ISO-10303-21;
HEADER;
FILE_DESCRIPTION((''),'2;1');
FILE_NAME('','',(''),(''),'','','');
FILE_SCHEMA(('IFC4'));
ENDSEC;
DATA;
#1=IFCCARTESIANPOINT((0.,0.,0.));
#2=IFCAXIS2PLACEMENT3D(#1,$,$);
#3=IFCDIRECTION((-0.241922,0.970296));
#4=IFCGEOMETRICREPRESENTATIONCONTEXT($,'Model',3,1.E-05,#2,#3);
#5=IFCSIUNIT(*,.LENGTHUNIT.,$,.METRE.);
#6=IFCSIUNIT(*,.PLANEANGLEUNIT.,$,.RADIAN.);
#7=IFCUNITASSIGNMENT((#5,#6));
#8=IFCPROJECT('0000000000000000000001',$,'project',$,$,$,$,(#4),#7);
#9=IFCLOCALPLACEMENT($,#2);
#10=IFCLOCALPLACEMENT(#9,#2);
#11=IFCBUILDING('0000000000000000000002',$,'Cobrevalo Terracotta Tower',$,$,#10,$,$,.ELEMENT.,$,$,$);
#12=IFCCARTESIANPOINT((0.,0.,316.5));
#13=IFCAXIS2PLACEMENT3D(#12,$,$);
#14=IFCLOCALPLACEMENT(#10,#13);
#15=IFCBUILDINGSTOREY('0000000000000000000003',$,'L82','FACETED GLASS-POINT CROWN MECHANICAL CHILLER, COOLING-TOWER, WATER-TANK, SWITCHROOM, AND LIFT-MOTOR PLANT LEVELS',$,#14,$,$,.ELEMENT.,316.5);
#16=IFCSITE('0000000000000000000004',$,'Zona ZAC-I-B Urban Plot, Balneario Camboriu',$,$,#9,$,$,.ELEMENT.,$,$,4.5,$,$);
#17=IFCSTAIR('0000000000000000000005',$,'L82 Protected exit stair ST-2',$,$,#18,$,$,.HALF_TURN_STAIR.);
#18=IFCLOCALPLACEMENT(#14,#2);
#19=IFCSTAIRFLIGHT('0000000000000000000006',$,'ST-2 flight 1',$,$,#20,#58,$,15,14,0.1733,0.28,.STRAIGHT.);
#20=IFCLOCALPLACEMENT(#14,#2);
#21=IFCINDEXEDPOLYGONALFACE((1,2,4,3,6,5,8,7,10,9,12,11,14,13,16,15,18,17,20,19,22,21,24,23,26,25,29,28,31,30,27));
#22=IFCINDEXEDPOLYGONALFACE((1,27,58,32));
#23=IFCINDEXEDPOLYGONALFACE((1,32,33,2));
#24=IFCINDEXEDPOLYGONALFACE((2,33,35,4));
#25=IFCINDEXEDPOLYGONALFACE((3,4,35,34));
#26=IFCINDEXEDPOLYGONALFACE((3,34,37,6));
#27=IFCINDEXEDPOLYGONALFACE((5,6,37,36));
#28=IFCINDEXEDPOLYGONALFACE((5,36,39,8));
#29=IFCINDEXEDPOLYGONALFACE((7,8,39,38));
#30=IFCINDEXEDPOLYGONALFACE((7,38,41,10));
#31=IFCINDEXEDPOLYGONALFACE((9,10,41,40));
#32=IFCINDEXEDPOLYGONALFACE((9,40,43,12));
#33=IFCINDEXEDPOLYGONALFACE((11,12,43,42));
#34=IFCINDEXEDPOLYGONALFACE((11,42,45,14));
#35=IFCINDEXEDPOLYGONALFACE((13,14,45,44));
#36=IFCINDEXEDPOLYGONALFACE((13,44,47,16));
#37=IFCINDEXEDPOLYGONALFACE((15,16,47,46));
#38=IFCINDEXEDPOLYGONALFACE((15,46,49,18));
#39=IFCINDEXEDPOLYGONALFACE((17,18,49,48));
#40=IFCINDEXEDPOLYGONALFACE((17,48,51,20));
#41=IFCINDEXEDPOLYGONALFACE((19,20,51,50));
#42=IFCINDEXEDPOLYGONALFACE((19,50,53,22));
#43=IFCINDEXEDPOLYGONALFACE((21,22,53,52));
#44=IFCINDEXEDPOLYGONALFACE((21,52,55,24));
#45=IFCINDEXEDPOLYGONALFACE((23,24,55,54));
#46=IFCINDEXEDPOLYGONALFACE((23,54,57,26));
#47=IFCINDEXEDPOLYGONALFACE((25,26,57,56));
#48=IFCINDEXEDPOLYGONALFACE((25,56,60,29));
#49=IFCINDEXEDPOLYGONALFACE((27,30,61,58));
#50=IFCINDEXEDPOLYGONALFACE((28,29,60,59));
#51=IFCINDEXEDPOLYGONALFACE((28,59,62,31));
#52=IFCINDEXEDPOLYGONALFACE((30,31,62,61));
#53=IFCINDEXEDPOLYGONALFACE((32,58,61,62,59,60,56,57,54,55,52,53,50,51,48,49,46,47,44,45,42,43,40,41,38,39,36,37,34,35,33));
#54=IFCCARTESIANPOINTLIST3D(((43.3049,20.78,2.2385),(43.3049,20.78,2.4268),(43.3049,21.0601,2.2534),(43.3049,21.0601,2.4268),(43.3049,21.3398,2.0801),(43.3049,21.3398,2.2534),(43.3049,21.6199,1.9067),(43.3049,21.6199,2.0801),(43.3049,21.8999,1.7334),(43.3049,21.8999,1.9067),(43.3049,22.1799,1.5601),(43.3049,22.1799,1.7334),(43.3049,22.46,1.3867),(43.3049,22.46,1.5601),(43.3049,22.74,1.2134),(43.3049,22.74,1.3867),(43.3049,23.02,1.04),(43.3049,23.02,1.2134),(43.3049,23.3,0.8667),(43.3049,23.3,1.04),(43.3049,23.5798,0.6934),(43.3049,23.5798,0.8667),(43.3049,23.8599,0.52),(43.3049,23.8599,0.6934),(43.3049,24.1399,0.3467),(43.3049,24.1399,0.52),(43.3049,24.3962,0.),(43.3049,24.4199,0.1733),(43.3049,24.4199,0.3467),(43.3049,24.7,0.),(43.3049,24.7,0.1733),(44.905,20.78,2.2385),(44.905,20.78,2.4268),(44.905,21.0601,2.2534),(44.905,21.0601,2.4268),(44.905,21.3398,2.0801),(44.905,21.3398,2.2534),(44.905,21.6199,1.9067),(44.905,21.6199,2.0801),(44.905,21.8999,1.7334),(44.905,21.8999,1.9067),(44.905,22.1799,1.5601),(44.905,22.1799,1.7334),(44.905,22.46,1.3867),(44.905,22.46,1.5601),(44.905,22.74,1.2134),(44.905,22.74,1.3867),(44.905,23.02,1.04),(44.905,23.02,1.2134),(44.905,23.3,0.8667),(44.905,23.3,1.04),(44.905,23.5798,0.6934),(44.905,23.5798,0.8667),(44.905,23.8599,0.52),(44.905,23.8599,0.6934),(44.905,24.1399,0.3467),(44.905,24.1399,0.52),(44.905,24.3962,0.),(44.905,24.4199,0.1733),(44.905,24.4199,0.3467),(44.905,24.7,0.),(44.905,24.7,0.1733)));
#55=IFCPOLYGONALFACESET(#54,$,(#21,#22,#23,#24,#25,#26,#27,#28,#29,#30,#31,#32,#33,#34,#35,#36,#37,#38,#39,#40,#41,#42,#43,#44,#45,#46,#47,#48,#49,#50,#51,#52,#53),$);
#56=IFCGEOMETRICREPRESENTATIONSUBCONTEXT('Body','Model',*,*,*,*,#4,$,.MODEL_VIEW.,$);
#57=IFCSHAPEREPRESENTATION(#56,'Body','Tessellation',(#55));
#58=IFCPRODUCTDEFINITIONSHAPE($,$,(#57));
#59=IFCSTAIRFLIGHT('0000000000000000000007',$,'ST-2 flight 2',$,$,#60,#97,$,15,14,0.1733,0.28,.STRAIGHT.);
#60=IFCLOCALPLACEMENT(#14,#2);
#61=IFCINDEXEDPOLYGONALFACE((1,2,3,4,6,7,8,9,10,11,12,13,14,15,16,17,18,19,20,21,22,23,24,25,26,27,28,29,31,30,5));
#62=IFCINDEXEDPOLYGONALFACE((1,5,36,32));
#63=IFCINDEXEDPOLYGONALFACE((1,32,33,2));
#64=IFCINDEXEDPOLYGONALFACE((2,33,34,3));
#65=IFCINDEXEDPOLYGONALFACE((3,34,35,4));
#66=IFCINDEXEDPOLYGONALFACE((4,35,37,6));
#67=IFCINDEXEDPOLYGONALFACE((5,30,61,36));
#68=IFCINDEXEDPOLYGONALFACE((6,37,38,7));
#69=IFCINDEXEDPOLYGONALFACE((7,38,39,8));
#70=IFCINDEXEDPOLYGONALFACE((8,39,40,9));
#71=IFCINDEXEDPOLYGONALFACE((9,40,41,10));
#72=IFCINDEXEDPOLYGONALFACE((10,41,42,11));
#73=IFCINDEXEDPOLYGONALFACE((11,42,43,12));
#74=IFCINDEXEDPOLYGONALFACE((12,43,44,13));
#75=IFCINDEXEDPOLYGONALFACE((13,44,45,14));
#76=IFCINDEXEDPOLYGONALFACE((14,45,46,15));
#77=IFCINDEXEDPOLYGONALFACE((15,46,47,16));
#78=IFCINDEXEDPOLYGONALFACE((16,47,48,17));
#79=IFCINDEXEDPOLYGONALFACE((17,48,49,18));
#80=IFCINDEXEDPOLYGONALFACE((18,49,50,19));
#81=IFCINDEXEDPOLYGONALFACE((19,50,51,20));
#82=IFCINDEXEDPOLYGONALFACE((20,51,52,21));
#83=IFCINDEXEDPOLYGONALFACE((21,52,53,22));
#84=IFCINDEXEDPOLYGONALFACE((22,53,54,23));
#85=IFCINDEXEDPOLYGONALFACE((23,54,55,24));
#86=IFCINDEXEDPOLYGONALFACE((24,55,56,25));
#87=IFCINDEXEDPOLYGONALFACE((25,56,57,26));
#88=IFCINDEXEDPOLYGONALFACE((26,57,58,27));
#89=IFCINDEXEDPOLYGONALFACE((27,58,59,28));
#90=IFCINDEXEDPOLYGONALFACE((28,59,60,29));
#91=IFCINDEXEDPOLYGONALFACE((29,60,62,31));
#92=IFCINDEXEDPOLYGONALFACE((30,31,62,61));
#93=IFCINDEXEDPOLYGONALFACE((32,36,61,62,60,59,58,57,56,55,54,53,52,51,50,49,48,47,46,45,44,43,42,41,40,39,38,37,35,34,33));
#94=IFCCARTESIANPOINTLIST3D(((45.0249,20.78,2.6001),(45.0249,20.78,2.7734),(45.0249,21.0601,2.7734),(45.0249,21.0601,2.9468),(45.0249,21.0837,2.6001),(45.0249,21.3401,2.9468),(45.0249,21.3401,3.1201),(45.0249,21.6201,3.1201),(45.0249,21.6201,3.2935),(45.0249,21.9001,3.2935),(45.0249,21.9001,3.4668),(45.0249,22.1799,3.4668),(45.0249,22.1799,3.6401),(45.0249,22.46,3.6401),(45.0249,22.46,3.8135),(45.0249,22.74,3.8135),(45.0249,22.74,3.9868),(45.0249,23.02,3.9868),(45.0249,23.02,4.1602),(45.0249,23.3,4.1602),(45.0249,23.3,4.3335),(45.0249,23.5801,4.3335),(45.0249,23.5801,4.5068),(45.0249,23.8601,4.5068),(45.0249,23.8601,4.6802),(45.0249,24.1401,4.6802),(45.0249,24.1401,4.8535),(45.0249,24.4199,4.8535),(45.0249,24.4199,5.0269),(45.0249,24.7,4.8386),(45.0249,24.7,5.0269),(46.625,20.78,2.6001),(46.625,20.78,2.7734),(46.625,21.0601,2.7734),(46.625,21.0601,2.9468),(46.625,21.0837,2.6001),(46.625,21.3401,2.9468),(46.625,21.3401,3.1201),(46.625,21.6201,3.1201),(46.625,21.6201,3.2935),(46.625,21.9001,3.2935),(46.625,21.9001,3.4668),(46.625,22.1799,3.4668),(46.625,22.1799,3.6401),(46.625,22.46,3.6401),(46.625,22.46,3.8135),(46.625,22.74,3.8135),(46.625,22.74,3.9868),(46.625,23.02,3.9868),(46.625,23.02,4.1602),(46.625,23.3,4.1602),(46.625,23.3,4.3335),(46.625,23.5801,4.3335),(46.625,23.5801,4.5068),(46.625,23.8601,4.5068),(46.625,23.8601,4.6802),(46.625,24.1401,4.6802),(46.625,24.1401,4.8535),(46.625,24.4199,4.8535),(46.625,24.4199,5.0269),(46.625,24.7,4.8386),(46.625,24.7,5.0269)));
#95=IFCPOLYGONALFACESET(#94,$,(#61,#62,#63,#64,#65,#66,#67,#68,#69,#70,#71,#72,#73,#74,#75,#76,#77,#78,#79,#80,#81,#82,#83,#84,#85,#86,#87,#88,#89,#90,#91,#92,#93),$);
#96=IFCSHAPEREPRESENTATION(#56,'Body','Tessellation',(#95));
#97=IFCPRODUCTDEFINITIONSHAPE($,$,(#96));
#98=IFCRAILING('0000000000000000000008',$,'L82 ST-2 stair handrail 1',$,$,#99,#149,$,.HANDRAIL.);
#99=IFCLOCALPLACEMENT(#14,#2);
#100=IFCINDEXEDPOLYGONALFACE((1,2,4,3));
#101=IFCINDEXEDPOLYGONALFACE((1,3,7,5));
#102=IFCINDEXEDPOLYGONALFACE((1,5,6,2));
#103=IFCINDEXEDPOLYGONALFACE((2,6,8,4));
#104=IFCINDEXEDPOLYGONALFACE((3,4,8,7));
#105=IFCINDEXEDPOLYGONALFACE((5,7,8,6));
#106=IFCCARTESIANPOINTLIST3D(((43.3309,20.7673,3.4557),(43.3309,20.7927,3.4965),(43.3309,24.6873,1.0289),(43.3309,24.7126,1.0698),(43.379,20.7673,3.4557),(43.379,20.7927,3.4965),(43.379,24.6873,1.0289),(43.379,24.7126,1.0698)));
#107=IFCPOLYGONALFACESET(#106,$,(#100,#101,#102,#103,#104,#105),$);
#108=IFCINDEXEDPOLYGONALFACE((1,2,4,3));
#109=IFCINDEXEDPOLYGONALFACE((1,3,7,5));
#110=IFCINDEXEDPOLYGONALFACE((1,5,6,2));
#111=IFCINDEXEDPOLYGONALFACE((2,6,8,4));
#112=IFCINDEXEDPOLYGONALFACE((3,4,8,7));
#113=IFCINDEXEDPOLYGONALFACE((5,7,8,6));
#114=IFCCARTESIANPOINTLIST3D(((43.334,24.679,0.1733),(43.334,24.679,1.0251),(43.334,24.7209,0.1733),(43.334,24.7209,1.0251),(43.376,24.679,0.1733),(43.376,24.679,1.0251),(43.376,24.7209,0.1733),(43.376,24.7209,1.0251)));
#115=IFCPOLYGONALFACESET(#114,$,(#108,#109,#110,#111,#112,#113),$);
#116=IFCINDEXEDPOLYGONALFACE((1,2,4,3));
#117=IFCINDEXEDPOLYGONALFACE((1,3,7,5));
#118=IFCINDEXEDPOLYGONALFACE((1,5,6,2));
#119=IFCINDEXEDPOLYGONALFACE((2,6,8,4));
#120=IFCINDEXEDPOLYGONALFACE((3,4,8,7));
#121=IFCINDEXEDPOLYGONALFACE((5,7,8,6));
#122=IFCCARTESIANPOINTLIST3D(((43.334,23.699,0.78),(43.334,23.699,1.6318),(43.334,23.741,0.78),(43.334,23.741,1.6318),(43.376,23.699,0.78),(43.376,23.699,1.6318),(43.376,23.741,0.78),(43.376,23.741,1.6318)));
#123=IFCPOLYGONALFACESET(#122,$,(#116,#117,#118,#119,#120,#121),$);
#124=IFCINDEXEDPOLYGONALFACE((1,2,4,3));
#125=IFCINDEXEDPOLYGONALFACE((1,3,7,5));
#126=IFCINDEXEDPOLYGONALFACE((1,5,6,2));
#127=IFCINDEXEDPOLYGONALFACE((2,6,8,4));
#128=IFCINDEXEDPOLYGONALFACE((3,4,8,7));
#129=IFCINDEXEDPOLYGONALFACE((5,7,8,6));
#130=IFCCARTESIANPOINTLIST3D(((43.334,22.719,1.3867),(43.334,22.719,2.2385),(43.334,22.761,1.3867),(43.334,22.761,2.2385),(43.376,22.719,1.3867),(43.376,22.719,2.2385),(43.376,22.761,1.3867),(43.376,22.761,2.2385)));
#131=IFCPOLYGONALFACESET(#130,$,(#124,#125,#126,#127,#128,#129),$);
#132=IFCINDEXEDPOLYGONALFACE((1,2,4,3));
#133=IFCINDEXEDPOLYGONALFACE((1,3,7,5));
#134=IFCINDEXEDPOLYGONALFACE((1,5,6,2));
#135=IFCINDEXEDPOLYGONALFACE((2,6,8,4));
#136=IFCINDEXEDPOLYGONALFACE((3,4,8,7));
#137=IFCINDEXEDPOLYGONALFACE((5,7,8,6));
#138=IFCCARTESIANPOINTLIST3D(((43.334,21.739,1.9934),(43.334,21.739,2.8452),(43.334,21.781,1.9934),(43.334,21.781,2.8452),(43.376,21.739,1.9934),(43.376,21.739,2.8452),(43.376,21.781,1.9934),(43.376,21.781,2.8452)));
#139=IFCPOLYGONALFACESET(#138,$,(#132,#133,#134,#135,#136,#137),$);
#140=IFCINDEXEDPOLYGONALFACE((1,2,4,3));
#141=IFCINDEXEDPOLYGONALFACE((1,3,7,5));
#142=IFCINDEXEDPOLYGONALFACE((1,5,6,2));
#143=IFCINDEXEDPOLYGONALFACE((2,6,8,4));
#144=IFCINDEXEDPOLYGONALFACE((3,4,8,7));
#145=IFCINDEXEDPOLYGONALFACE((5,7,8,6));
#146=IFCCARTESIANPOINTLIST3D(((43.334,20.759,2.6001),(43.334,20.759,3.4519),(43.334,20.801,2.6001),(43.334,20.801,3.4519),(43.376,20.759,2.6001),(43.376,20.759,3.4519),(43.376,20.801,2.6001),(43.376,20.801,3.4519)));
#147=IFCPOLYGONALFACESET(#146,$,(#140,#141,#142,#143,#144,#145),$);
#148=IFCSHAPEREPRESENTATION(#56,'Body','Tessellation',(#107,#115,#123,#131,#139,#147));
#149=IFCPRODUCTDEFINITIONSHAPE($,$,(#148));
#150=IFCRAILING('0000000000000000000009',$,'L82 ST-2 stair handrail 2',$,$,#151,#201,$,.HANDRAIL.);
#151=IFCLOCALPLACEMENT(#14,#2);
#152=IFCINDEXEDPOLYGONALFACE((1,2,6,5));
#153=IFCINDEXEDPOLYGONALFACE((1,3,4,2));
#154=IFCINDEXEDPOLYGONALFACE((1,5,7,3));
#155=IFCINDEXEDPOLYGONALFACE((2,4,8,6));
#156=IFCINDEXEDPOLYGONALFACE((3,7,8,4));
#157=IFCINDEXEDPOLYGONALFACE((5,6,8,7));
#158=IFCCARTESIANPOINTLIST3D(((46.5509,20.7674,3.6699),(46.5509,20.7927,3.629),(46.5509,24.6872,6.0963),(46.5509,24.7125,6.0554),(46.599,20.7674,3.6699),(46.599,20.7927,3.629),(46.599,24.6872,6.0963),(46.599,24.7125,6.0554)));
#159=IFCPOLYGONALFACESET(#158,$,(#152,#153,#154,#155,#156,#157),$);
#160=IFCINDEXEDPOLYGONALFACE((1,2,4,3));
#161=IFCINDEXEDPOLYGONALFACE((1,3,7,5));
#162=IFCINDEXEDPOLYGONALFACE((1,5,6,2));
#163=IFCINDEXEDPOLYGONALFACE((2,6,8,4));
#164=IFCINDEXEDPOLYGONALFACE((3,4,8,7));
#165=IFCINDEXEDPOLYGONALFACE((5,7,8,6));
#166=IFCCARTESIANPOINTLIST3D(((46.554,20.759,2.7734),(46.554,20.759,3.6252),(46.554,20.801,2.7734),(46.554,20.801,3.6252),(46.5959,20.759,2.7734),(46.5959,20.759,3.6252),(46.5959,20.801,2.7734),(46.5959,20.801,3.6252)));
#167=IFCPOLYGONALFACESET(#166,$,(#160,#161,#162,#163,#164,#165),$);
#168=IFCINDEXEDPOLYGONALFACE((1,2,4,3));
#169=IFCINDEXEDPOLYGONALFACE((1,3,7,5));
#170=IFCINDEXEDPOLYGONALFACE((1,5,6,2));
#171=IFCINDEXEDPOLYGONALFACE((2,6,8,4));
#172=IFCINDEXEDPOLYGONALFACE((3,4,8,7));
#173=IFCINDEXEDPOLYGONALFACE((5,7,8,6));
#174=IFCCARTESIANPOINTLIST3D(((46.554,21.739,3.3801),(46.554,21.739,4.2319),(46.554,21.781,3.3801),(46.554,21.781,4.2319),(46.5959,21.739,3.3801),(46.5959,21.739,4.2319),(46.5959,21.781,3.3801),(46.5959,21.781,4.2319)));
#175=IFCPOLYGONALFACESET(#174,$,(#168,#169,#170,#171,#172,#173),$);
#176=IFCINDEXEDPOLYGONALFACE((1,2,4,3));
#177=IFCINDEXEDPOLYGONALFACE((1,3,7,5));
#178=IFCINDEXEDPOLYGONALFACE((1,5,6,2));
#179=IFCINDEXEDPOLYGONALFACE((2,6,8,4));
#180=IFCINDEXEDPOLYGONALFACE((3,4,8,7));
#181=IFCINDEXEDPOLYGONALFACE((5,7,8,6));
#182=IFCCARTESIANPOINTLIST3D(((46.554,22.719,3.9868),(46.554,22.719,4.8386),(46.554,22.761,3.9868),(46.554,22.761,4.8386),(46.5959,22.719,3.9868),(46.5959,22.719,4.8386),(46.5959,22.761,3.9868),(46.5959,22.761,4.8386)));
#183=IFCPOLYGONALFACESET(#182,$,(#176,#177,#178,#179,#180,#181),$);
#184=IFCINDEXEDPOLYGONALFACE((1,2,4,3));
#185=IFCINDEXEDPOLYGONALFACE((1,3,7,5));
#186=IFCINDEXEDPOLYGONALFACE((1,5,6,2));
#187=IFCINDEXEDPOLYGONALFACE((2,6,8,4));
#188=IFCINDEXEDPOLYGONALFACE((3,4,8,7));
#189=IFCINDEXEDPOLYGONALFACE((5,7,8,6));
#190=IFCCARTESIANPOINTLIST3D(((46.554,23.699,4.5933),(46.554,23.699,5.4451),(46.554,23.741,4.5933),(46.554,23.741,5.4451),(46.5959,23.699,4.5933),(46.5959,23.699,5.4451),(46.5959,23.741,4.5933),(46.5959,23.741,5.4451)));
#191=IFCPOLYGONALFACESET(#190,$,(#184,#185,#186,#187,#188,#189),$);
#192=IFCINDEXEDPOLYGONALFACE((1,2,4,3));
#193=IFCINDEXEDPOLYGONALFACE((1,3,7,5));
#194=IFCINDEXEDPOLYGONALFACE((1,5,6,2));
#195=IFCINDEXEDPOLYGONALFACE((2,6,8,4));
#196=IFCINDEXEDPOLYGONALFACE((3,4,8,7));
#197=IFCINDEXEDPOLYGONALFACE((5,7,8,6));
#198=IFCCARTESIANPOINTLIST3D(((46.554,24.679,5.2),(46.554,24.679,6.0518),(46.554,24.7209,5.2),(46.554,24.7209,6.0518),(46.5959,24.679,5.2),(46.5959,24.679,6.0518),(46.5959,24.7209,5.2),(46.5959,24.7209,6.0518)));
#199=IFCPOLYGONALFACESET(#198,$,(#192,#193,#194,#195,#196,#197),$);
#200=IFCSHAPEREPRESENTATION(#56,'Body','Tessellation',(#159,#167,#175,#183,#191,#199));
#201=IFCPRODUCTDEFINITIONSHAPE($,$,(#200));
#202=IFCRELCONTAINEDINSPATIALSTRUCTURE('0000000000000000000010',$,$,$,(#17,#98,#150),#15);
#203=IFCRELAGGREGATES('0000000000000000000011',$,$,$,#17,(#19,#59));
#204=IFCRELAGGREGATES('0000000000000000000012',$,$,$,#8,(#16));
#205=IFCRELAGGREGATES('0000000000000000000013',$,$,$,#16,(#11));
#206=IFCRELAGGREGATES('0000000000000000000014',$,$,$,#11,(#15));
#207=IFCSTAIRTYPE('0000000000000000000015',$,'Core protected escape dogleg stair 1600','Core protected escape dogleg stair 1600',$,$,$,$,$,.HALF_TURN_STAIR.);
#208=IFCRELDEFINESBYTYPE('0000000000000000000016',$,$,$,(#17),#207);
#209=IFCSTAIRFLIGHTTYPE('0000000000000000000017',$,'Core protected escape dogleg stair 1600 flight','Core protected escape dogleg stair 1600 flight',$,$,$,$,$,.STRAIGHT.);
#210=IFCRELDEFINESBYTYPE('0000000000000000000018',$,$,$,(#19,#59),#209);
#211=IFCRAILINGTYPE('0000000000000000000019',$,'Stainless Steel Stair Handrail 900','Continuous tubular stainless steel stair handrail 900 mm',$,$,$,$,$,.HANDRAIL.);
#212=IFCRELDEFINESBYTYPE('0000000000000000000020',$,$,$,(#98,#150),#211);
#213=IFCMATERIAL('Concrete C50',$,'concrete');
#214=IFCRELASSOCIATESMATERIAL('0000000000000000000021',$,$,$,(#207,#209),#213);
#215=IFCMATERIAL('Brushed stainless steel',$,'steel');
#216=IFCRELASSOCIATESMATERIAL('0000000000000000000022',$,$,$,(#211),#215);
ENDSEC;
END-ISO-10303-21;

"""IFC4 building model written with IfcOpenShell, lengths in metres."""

from ifc_helpers import new_model, si_unit, direction, frame, origin, origin_2d, place, context, subcontext, project, spatial, polyline, rectangle, outline, extrude, material, type_object, element, aggregate, save


model = new_model("IFC4")

# Units and contexts
model_context = context("Model", 3, precision=1e-05, world=origin(), true_north=direction((-0.241922, 0.970296)))
body_context = subcontext(model_context, "Body", "Model", "MODEL_VIEW")
ifc_project = project(units=[si_unit("LENGTHUNIT", "METRE"), si_unit("PLANEANGLEUNIT", "RADIAN")], contexts=[model_context])

# Site, building, storey
site_placement = place(None, origin())
site = spatial("IfcSite", under=ifc_project, at=site_placement, Name="Zona ZAC-I-B Urban Plot, Balneario Camboriu", CompositionType="ELEMENT", RefElevation=4.5)
building_placement = place(site_placement, origin())
building = spatial("IfcBuilding", under=site, at=building_placement, Name="Cobrevalo Terracotta Tower", CompositionType="ELEMENT")
storey_placement = place(building_placement, frame((0.0, 0.0, 316.5)))
storey = spatial("IfcBuildingStorey", under=building, at=storey_placement, Name="L82", Description="FACETED GLASS-POINT CROWN MECHANICAL CHILLER, COOLING-TOWER, WATER-TANK, SWITCHROOM, AND LIFT-MOTOR PLANT LEVELS", CompositionType="ELEMENT", Elevation=316.5)

# Shared definitions
ifc_material_1 = material(Name="Concrete C50", Category="concrete")

# Stair, stair flights
stair_type = type_object("IfcStairType", Name="Core protected escape dogleg stair 1600", Description="Core protected escape dogleg stair 1600", PredefinedType="HALF_TURN_STAIR", material=ifc_material_1)
stair_placement = place(storey_placement, origin())
stair = element("IfcStair", 1, at=stair_placement, inside=storey, type_object=stair_type, Name="L82 Protected exit stair ST-2", PredefinedType="HALF_TURN_STAIR")
stair_flight_type = type_object("IfcStairFlightType", Name="Core protected escape dogleg stair 1600 flight", Description="Core protected escape dogleg stair 1600 flight", PredefinedType="STRAIGHT", material=ifc_material_1)
stair_flight_1_placement = place(storey_placement, frame((44.105, 24.7, 0.0), z_axis=(0.0, 0.0, 1.0), x_axis=(0.0, -1.0, 0.0)))
stair_flight_1 = element("IfcStairFlight", 2, at=stair_flight_1_placement, type_object=stair_flight_type, Name="ST-2 flight 1", NumberOfRisers=15, NumberOfTreads=14, PredefinedType="STRAIGHT", RiserHeight=0.1733, TreadLength=0.28, context=body_context, shape_type="SweptSolid", body=[
    extrude(outline(polyline([(0.0, 0.0), (0.0, 0.1733), (0.28, 0.1733), (0.28, 0.3467), (0.5601, 0.3467), (0.5601, 0.52), (0.8401, 0.52), (0.8401, 0.6934), (1.1201, 0.6934), (1.1201, 0.8667), (1.3999, 0.8667), (1.3999, 1.04), (1.6799, 1.04), (1.6799, 1.2134), (1.96, 1.2134), (1.96, 1.3867), (2.24, 1.3867), (2.24, 1.5601), (2.52, 1.5601), (2.52, 1.7334), (2.8, 1.7334), (2.8, 1.9067), (3.0801, 1.9067), (3.0801, 2.0801), (3.3601, 2.0801), (3.3601, 2.2534), (3.6399, 2.2534), (3.6399, 2.4268), (3.9199, 2.4268), (3.9199, 2.6001), (3.9199, 2.2385), (0.3037, 0.0), (0.0, 0.0)])), frame((0.0, 0.8, 0.0), z_axis=(0.0, -1.0, 0.0), x_axis=(1.0, 0.0, 0.0)), (0.0, 0.0, 1.0), 1.6001),
])
stair_flight_2_placement = place(storey_placement, frame((45.825, 20.78, 2.6001), z_axis=(0.0, 0.0, 1.0), x_axis=(0.0, 1.0, 0.0)))
stair_flight_2 = element("IfcStairFlight", 3, at=stair_flight_2_placement, type_object=stair_flight_type, Name="ST-2 flight 2", NumberOfRisers=15, NumberOfTreads=14, PredefinedType="STRAIGHT", RiserHeight=0.1733, TreadLength=0.28, context=body_context, shape_type="SweptSolid", body=[
    extrude(outline(polyline([(0.0, 0.0), (0.0, 0.1733), (0.28, 0.1733), (0.28, 0.3467), (0.5601, 0.3467), (0.5601, 0.52), (0.8401, 0.52), (0.8401, 0.6934), (1.1201, 0.6934), (1.1201, 0.8667), (1.3999, 0.8667), (1.3999, 1.04), (1.6799, 1.04), (1.6799, 1.2134), (1.96, 1.2134), (1.96, 1.3867), (2.24, 1.3867), (2.24, 1.5601), (2.52, 1.5601), (2.52, 1.7334), (2.8, 1.7334), (2.8, 1.9067), (3.0801, 1.9067), (3.0801, 2.0801), (3.3601, 2.0801), (3.3601, 2.2534), (3.6399, 2.2534), (3.6399, 2.4268), (3.9199, 2.4268), (3.9199, 2.6001), (3.9199, 2.2385), (0.3037, 0.0), (0.0, 0.0)])), frame((0.0, 0.8, 0.0), z_axis=(0.0, -1.0, 0.0), x_axis=(1.0, 0.0, 0.0)), (0.0, 0.0, 1.0), 1.6001),
])
aggregate(stair, [stair_flight_1, stair_flight_2])

# Railings
ifc_material_2 = material(Name="Brushed stainless steel", Category="steel")
railing_type_1 = type_object("IfcRailingType", Name="Stainless Steel Stair Handrail 900", Description="Continuous tubular stainless steel stair handrail 900 mm", PredefinedType="HANDRAIL", material=ifc_material_2)
railing_1_placement = place(storey_placement, frame((43.355, 24.7, 0.1733)))
element("IfcRailing", 4, at=railing_1_placement, inside=storey, type_object=railing_type_1, Name="L82 ST-2 stair handrail 1", PredefinedType="HANDRAIL", context=body_context, shape_type="SweptSolid", body=[
    extrude(rectangle(XDim=0.0481, YDim=0.0481, at=origin_2d()), frame((0.0, 0.0, 0.876), z_axis=(0.0, -0.850252, 0.526376), x_axis=(1.0, 0.0, 0.0)), (0.0, 0.0, 1.0), 4.6104),
    extrude(rectangle(XDim=0.042, YDim=0.042, at=origin_2d()), origin(), (0.0, 0.0, 1.0), 0.8518),
    extrude(rectangle(XDim=0.042, YDim=0.042, at=origin_2d()), frame((0.0, -0.98, 0.6067)), (0.0, 0.0, 1.0), 0.8518),
    extrude(rectangle(XDim=0.042, YDim=0.042, at=origin_2d()), frame((0.0, -1.96, 1.2134)), (0.0, 0.0, 1.0), 0.8518),
    extrude(rectangle(XDim=0.042, YDim=0.042, at=origin_2d()), frame((0.0, -2.9399, 1.8201)), (0.0, 0.0, 1.0), 0.8518),
    extrude(rectangle(XDim=0.042, YDim=0.042, at=origin_2d()), frame((0.0, -3.9199, 2.4268)), (0.0, 0.0, 1.0), 0.8518),
])
railing_2_placement = place(storey_placement, frame((46.575, 20.78, 2.7734)))
element("IfcRailing", 5, at=railing_2_placement, inside=storey, type_object=railing_type_1, Name="L82 ST-2 stair handrail 2", PredefinedType="HANDRAIL", context=body_context, shape_type="SweptSolid", body=[
    extrude(rectangle(XDim=0.0481, YDim=0.0481, at=origin_2d()), frame((0.0, 0.0, 0.876), z_axis=(0.0, 0.850275, 0.526338), x_axis=(-1.0, 0.0, 0.0)), (0.0, 0.0, 1.0), 4.6101),
    extrude(rectangle(XDim=0.042, YDim=0.042, at=origin_2d()), origin(), (0.0, 0.0, 1.0), 0.8518),
    extrude(rectangle(XDim=0.042, YDim=0.042, at=origin_2d()), frame((0.0, 0.98, 0.6067)), (0.0, 0.0, 1.0), 0.8518),
    extrude(rectangle(XDim=0.042, YDim=0.042, at=origin_2d()), frame((0.0, 1.96, 1.2134)), (0.0, 0.0, 1.0), 0.8518),
    extrude(rectangle(XDim=0.042, YDim=0.042, at=origin_2d()), frame((0.0, 2.9399, 1.8198)), (0.0, 0.0, 1.0), 0.8518),
    extrude(rectangle(XDim=0.042, YDim=0.042, at=origin_2d()), frame((0.0, 3.9199, 2.4265)), (0.0, 0.0, 1.0), 0.8518),
])

save(model, "model.ifc")
